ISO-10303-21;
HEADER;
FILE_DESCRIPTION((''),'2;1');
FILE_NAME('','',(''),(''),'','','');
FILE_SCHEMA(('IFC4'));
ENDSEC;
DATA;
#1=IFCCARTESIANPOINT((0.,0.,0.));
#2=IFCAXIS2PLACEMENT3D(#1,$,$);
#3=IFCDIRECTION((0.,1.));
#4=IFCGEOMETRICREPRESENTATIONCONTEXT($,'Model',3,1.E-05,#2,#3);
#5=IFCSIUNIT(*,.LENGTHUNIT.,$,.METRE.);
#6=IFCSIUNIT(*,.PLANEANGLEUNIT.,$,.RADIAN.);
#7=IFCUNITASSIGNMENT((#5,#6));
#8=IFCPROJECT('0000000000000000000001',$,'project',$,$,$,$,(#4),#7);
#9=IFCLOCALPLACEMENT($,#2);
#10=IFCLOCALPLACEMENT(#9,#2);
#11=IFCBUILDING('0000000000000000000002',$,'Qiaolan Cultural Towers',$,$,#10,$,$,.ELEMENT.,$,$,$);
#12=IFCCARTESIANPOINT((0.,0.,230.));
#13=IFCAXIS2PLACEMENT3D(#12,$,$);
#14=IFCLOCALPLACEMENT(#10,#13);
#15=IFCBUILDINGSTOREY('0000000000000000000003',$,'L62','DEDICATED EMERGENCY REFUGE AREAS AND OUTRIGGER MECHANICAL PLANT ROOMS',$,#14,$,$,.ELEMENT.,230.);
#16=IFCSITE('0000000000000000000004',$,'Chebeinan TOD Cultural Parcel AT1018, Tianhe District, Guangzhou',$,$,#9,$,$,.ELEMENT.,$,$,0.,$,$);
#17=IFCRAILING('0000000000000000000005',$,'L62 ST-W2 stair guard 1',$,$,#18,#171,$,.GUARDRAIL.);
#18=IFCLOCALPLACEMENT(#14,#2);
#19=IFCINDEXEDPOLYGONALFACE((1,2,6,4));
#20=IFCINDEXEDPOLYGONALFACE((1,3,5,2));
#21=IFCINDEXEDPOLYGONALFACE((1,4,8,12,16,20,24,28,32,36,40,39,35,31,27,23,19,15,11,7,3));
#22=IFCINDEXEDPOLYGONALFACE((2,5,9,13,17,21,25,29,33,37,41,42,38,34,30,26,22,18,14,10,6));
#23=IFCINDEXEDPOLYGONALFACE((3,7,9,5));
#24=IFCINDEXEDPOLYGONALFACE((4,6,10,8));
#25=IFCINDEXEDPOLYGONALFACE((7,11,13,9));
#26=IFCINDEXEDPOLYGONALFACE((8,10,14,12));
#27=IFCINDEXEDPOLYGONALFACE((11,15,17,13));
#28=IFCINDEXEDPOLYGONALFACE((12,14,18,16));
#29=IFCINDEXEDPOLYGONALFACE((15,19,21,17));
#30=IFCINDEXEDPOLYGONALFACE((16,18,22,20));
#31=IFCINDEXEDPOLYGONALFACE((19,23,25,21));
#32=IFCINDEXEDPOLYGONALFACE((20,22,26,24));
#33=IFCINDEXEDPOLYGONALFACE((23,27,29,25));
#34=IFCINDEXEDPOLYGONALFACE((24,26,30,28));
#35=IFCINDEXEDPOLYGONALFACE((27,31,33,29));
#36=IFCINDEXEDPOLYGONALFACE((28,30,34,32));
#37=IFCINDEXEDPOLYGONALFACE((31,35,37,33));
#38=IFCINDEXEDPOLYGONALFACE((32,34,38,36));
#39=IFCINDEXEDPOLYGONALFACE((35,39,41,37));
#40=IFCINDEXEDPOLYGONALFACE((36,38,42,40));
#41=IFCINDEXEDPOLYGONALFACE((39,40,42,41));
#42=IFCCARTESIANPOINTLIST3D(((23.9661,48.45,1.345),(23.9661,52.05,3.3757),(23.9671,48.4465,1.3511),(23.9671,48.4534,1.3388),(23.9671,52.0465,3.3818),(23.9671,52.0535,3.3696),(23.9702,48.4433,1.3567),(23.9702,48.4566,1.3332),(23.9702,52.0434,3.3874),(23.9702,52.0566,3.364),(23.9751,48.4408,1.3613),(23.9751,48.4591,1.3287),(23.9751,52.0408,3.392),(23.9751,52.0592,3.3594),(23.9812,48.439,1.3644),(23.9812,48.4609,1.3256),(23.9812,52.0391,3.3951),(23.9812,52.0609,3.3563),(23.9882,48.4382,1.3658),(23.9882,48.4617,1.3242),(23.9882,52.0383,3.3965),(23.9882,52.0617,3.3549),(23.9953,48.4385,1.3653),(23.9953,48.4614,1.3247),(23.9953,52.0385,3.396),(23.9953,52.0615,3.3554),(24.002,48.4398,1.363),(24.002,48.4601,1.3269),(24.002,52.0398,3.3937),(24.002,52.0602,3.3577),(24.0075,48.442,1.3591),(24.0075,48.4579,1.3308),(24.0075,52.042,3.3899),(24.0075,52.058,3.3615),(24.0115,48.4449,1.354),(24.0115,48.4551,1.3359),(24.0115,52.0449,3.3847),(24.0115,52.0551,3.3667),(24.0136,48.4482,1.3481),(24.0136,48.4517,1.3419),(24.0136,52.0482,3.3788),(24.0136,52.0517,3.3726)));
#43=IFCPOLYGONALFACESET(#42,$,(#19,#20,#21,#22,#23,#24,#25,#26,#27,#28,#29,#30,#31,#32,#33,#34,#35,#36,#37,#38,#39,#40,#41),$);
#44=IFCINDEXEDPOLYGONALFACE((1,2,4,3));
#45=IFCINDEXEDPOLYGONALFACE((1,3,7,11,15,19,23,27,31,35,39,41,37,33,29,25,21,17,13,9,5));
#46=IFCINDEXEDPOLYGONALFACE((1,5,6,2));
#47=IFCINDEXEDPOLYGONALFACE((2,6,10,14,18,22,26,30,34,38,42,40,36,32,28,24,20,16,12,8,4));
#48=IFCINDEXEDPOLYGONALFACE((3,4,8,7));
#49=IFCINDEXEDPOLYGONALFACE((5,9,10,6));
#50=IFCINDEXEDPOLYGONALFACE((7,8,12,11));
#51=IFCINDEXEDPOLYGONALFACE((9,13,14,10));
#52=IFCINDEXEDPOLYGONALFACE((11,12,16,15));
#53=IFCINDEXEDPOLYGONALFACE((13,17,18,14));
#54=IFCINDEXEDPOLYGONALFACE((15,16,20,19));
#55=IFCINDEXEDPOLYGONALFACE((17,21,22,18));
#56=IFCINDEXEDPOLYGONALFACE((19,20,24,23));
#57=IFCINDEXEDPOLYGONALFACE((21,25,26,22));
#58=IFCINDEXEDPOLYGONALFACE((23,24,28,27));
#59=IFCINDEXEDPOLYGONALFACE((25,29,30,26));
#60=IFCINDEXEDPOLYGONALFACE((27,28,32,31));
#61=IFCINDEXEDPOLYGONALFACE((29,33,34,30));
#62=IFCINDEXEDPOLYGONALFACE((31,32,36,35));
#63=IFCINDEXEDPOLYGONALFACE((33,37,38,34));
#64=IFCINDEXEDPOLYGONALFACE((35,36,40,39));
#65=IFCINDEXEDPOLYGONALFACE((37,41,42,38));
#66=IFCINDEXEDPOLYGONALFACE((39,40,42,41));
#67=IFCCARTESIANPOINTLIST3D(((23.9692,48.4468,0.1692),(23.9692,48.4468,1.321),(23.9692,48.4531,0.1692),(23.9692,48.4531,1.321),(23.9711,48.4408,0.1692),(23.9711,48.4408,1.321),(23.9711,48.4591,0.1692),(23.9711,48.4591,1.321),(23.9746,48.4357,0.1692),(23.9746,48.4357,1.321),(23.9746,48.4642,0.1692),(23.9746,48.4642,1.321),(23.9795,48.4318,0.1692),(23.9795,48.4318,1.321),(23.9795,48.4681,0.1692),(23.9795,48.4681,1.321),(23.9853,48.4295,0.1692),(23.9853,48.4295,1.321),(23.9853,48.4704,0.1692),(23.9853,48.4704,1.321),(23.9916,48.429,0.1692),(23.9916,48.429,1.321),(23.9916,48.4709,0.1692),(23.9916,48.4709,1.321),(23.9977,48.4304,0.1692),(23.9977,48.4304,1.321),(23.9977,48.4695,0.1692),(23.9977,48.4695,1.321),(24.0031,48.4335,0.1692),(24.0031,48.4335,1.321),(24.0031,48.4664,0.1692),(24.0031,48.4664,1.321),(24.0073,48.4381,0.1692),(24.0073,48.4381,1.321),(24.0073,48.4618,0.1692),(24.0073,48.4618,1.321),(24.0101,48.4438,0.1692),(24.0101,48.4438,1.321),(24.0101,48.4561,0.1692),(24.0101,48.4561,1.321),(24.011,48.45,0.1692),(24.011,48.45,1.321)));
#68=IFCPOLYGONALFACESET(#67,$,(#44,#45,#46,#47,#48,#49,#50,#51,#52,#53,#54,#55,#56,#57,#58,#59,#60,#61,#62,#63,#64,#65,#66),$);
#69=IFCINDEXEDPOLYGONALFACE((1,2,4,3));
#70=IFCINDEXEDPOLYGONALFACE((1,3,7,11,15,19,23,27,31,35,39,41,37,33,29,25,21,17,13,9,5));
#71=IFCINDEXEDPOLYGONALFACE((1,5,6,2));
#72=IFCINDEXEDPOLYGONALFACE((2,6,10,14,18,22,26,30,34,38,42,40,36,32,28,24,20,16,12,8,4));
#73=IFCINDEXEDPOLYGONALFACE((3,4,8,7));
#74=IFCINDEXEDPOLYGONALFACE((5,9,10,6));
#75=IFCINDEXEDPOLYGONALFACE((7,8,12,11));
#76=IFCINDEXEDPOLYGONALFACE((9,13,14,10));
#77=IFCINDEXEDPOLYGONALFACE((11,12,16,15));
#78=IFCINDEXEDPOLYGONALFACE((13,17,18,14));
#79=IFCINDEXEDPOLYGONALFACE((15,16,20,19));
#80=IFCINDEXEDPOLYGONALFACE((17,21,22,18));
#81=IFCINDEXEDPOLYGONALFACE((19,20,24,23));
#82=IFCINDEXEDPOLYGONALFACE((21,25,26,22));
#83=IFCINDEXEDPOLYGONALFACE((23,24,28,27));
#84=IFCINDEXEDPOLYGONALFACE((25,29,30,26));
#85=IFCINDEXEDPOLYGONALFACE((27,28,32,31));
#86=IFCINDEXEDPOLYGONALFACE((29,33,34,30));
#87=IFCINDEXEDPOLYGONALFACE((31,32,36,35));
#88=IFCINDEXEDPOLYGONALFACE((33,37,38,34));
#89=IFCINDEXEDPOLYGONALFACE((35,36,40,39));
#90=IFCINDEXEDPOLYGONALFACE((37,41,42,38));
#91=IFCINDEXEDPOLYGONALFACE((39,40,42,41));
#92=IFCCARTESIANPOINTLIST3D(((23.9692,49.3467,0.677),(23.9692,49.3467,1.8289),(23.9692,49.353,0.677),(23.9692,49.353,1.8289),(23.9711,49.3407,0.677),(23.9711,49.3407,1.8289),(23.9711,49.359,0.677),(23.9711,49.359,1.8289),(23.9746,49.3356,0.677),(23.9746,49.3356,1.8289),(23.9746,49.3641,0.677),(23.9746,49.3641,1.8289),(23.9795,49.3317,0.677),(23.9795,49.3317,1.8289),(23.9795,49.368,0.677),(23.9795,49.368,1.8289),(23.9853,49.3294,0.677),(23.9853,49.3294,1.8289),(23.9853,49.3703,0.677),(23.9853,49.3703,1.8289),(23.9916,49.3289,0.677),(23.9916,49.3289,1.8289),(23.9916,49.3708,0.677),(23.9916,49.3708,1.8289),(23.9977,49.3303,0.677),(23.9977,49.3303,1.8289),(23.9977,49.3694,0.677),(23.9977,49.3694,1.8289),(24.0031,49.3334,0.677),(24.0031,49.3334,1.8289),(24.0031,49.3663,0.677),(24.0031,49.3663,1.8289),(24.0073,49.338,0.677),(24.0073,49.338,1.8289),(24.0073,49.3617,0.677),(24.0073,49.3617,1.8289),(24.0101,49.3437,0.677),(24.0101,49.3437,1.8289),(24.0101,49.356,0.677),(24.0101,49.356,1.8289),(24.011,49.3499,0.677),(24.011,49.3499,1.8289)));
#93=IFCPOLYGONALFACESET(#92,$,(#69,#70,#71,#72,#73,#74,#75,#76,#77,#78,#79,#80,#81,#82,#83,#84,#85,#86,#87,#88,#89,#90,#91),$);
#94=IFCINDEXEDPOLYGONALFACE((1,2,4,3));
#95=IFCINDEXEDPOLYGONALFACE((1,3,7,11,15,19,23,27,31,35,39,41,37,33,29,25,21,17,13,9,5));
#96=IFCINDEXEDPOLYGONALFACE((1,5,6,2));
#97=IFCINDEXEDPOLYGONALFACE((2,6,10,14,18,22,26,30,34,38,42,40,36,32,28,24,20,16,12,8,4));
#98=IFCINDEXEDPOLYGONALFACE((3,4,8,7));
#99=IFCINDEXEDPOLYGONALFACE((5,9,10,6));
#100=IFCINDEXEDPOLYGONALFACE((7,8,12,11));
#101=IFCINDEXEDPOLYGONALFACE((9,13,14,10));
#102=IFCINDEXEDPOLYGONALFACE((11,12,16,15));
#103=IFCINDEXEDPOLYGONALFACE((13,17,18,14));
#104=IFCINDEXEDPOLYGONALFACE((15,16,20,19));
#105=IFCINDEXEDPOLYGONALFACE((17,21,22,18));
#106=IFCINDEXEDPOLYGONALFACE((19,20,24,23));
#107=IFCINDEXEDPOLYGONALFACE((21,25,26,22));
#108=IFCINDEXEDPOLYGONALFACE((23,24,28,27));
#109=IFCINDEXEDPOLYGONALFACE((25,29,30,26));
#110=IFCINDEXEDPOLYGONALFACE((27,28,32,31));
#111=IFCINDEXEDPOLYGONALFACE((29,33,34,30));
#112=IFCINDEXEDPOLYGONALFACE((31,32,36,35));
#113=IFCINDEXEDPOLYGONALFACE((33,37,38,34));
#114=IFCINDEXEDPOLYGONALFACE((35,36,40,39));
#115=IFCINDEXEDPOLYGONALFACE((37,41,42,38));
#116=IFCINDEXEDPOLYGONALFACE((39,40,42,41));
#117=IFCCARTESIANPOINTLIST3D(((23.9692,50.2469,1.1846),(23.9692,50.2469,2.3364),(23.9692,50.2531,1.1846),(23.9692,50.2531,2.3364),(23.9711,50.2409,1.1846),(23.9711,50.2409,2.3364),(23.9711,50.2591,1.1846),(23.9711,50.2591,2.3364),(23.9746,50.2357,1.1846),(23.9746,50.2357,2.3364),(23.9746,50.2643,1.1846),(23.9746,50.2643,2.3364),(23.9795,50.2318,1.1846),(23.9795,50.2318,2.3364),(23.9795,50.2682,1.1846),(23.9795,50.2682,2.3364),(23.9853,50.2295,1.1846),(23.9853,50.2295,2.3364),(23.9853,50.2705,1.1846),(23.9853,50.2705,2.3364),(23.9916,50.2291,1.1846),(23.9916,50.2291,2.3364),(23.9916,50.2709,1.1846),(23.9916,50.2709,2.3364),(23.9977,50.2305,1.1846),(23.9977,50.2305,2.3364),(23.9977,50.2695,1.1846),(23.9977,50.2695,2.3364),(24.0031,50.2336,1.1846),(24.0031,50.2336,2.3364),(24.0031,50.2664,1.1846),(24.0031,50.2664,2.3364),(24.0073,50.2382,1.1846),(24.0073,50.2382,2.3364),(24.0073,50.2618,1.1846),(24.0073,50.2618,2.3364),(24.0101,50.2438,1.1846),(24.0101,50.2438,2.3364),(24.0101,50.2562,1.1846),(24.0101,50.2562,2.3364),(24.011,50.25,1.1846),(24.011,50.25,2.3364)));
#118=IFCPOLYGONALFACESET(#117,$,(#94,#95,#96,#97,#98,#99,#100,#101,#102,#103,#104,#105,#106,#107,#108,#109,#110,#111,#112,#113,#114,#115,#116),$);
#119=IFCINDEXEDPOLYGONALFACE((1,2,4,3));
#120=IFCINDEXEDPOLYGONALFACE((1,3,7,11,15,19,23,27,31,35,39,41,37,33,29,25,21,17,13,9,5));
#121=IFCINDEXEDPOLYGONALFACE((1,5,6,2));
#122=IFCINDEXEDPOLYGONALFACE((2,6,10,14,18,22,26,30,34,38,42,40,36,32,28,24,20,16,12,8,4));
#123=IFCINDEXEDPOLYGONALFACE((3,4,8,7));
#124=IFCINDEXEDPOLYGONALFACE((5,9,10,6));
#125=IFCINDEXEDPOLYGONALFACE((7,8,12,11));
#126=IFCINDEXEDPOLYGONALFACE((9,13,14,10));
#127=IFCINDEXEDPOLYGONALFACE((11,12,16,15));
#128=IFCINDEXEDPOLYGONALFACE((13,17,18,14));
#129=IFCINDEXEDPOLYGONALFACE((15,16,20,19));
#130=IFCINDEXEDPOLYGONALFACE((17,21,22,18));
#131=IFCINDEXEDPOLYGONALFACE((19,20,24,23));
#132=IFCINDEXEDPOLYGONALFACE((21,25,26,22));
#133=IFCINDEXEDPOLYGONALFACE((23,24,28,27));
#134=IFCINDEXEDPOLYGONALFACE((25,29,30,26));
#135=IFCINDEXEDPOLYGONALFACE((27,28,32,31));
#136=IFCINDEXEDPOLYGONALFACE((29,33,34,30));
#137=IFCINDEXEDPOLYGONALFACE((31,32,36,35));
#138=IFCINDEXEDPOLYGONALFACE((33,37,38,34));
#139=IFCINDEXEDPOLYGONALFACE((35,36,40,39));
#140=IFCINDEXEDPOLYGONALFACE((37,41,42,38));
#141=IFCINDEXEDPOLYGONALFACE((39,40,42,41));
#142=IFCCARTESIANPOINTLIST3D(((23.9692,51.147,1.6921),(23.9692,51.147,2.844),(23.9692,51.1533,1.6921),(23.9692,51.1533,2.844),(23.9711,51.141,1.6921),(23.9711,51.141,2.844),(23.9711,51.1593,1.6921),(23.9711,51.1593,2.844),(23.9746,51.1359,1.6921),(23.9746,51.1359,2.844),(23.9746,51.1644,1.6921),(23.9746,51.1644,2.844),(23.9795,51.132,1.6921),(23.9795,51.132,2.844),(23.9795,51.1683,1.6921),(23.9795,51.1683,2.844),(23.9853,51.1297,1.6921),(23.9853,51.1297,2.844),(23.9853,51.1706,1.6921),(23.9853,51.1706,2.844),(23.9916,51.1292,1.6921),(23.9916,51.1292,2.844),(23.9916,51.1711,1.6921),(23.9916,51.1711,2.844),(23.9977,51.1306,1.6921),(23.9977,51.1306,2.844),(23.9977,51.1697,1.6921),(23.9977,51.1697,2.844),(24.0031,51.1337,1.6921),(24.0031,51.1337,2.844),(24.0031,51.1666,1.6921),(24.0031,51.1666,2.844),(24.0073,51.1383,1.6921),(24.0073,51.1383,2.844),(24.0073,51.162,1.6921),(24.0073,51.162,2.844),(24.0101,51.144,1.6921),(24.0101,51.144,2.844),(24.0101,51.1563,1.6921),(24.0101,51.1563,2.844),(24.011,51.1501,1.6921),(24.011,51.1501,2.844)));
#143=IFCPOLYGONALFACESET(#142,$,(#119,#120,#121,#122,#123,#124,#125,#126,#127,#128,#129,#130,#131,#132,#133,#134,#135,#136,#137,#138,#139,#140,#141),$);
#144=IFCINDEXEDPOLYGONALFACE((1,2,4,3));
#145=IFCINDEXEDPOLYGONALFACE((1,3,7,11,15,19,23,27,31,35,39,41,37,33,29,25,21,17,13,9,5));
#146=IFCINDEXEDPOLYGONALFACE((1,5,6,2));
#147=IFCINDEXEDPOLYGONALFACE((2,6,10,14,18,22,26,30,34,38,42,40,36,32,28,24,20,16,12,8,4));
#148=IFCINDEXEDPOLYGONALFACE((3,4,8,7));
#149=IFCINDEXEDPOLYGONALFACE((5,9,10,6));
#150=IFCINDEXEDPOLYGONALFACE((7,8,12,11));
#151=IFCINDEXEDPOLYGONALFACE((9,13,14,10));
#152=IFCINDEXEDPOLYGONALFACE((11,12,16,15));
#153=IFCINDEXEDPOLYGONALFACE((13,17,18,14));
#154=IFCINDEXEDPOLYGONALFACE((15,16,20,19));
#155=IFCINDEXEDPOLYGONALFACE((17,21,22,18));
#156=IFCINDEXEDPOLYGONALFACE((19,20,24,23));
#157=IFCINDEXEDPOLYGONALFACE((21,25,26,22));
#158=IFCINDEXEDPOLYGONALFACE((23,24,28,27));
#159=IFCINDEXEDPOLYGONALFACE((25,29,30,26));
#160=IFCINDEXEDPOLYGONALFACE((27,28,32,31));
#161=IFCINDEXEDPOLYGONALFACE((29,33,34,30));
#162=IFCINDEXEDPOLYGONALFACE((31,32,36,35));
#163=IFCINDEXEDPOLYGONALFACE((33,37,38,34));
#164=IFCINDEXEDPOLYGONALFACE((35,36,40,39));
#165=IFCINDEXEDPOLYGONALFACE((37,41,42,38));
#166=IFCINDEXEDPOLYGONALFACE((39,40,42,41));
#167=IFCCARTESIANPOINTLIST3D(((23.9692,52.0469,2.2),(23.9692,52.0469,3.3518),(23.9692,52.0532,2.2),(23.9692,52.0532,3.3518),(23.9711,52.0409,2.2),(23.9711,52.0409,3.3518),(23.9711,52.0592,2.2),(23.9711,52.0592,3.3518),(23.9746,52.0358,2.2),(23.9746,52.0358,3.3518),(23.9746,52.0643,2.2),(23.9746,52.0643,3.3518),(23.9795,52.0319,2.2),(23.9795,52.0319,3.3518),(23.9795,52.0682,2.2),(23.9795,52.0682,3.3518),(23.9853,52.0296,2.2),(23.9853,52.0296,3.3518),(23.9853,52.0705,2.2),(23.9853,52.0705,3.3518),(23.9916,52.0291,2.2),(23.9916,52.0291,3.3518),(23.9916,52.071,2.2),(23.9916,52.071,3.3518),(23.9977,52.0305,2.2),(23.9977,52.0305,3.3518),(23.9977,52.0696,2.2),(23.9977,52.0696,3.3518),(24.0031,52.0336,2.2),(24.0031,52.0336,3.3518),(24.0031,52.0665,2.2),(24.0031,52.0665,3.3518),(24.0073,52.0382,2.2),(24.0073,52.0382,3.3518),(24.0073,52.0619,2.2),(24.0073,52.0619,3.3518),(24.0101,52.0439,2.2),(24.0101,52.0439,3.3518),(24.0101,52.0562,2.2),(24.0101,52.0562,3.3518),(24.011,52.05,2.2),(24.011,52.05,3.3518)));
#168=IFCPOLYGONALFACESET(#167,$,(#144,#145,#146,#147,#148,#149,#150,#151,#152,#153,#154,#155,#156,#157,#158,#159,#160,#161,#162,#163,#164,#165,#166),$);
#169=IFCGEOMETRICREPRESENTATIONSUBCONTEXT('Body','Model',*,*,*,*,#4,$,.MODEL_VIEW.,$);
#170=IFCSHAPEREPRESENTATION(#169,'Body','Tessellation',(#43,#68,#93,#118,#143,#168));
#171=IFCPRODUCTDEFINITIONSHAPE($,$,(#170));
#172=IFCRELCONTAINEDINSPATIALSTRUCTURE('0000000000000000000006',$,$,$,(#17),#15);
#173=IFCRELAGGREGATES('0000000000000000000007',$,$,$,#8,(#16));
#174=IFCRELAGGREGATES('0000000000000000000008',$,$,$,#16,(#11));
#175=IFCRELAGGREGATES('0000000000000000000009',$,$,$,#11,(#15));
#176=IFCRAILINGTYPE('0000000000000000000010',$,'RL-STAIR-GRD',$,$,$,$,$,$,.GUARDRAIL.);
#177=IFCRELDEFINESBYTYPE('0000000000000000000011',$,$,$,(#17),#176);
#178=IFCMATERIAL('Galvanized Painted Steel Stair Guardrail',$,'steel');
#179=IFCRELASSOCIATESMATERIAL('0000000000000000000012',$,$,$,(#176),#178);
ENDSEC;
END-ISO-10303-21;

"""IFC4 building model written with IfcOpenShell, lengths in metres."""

from ifc_helpers import new_model, si_unit, direction, frame, origin, origin_2d, place, context, subcontext, project, spatial, circle, extrude, material, type_object, element, save


model = new_model("IFC4")

# Units and contexts
model_context = context("Model", 3, precision=1e-05, world=origin(), true_north=direction((0.0, 1.0)))
body_context = subcontext(model_context, "Body", "Model", "MODEL_VIEW")
ifc_project = project(units=[si_unit("LENGTHUNIT", "METRE"), si_unit("PLANEANGLEUNIT", "RADIAN")], contexts=[model_context])

# Site, building, storey
site_placement = place(None, origin())
site = spatial("IfcSite", under=ifc_project, at=site_placement, Name="Chebeinan TOD Cultural Parcel AT1018, Tianhe District, Guangzhou", CompositionType="ELEMENT", RefElevation=0.0)
building_placement = place(site_placement, origin())
building = spatial("IfcBuilding", under=site, at=building_placement, Name="Qiaolan Cultural Towers", CompositionType="ELEMENT")
storey_placement = place(building_placement, frame((0.0, 0.0, 230.0)))
storey = spatial("IfcBuildingStorey", under=building, at=storey_placement, Name="L62", Description="DEDICATED EMERGENCY REFUGE AREAS AND OUTRIGGER MECHANICAL PLANT ROOMS", CompositionType="ELEMENT", Elevation=230.0)

# Railing
ifc_material_1 = material(Name="Galvanized Painted Steel Stair Guardrail", Category="steel")
railing_type_1 = type_object("IfcRailingType", Name="RL-STAIR-GRD", PredefinedType="GUARDRAIL", material=ifc_material_1)
railing_1_placement = place(storey_placement, frame((23.99, 48.45, 0.1692)))
element("IfcRailing", 1, at=railing_1_placement, inside=storey, type_object=railing_type_1, Name="L62 ST-W2 stair guard 1", PredefinedType="GUARDRAIL", context=body_context, shape_type="SweptSolid", body=[
    extrude(circle(Radius=0.0239, at=origin_2d()), frame((0.0, 0.0, 1.1758), z_axis=(0.0, 0.870985, 0.49131), x_axis=(-1.0, 0.0, 0.0)), (0.0, 0.0, 1.0), 4.1333),
    extrude(circle(Radius=0.021, at=origin_2d()), origin(), (0.0, 0.0, 1.0), 1.1519),
    extrude(circle(Radius=0.021, at=origin_2d()), frame((0.0, 0.8999, 0.5078)), (0.0, 0.0, 1.0), 1.1519),
    extrude(circle(Radius=0.021, at=origin_2d()), frame((0.0, 1.8, 1.0154)), (0.0, 0.0, 1.0), 1.1519),
    extrude(circle(Radius=0.021, at=origin_2d()), frame((0.0, 2.7002, 1.5229)), (0.0, 0.0, 1.0), 1.1519),
    extrude(circle(Radius=0.021, at=origin_2d()), frame((0.0, 3.6001, 2.0308)), (0.0, 0.0, 1.0), 1.1519),
])

save(model, "model.ifc")
